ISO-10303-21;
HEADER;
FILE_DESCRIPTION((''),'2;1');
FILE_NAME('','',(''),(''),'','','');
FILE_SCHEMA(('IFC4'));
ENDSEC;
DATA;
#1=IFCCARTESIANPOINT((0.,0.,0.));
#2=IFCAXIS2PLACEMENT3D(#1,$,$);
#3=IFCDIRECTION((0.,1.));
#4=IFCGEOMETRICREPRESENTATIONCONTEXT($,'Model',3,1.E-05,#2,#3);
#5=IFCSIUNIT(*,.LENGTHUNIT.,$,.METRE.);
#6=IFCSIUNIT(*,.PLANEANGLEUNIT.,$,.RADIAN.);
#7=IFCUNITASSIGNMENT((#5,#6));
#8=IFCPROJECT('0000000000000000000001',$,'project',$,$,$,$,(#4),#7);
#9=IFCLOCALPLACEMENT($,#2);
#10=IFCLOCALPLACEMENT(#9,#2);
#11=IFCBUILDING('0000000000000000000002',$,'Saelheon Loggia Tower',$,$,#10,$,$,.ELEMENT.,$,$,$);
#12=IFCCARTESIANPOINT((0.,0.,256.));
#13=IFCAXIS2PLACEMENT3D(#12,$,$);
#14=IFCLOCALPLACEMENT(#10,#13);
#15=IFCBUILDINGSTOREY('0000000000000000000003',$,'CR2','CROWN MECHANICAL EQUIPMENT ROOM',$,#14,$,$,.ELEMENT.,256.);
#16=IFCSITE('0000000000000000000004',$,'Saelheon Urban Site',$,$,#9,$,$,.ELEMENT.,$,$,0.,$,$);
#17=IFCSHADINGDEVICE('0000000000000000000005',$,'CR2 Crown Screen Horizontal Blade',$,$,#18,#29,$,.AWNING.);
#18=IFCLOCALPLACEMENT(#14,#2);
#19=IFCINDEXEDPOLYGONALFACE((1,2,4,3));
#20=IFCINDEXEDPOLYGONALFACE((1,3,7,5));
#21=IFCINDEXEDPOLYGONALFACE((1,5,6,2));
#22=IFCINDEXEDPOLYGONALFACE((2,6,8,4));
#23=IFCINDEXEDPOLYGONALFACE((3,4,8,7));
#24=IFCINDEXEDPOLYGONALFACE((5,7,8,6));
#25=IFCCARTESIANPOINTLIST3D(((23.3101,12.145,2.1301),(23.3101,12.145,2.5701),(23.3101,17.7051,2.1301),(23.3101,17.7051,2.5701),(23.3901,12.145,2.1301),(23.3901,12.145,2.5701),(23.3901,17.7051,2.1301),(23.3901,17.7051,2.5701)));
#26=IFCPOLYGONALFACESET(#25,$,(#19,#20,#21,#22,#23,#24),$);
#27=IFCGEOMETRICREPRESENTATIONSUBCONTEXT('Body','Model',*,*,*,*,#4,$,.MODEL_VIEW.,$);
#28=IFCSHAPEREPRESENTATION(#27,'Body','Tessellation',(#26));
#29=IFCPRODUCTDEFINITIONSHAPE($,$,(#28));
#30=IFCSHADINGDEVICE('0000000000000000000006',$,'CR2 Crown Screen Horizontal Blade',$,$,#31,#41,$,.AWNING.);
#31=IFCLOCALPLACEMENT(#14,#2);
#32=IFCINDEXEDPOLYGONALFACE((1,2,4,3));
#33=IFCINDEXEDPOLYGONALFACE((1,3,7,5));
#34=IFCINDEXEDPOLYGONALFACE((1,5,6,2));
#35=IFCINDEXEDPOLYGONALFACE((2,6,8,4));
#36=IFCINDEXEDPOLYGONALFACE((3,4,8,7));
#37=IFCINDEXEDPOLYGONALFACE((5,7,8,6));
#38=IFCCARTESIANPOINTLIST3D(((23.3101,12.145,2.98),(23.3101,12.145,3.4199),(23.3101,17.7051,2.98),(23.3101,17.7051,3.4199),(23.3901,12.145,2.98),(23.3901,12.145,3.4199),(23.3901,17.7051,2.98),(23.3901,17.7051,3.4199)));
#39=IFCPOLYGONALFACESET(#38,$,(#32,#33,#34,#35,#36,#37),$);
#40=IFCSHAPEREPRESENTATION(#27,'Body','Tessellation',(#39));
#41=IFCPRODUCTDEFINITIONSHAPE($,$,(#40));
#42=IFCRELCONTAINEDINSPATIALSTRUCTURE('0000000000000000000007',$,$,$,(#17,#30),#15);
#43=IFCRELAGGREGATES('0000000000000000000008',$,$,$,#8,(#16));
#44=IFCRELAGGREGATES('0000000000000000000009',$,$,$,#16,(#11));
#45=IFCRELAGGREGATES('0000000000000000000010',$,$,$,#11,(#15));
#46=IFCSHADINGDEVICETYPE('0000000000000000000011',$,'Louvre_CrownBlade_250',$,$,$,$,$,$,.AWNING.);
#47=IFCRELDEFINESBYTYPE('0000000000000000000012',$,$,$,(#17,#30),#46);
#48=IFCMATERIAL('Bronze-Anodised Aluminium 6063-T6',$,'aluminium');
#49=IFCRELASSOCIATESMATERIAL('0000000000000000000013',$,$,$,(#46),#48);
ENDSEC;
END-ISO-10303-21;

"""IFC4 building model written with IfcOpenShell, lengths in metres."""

from ifc_helpers import new_model, si_unit, direction, frame, origin, origin_2d, place, context, subcontext, project, spatial, rectangle, extrude, source, transform, mapped, material, material_profile, profile_set, type_object, element, save


model = new_model("IFC4")

# Units and contexts
model_context = context("Model", 3, precision=1e-05, world=origin(), true_north=direction((0.0, 1.0)))
body_context = subcontext(model_context, "Body", "Model", "MODEL_VIEW")
ifc_project = project(units=[si_unit("LENGTHUNIT", "METRE"), si_unit("PLANEANGLEUNIT", "RADIAN")], contexts=[model_context])

# Site, building, storey
site_placement = place(None, origin())
site = spatial("IfcSite", under=ifc_project, at=site_placement, Name="Saelheon Urban Site", CompositionType="ELEMENT", RefElevation=0.0)
building_placement = place(site_placement, origin())
building = spatial("IfcBuilding", under=site, at=building_placement, Name="Saelheon Loggia Tower", CompositionType="ELEMENT")
storey_placement = place(building_placement, frame((0.0, 0.0, 256.0)))
storey = spatial("IfcBuildingStorey", under=building, at=storey_placement, Name="CR2", Description="CROWN MECHANICAL EQUIPMENT ROOM", CompositionType="ELEMENT", Elevation=256.0)

# Shared definitions
ifc_material_1 = material(Name="Bronze-Anodised Aluminium 6063-T6", Category="aluminium")

# Shading devices
ifc_material_profile_1 = material_profile(ifc_material_1, rectangle(XDim=0.0801, YDim=0.4399, at=origin_2d()), Name="Louvre_CrownBlade_250")
ifc_profile_set_1 = profile_set([ifc_material_profile_1], Name="Bronze-Anodised Aluminium 6063-T6")
shading_device_type = type_object("IfcShadingDeviceType", Name="Louvre_CrownBlade_250", PredefinedType="AWNING", material=ifc_profile_set_1)
shared_shape_1 = source(origin(), body_context, "Body", "SweptSolid", [
    extrude(rectangle(XDim=0.0801, YDim=0.4399, at=origin_2d()), origin(), (0.0, 0.0, 1.0), 5.5601),
])
for number, where, z_axis, x_axis, name in (
    (1, (23.3501, 17.7051, 2.3501), (0.0, -1.0, 0.0), (1.0, 0.0, 0.0), "CR2 Crown Screen Horizontal Blade"),
    (2, (23.3501, 17.7051, 3.2), (0.0, -1.0, 0.0), (1.0, 0.0, 0.0), "CR2 Crown Screen Horizontal Blade"),
):
    element("IfcShadingDevice", number, at=place(storey_placement, frame(where, z_axis=z_axis, x_axis=x_axis)), inside=storey, type_object=shading_device_type, Name=name, PredefinedType="AWNING", context=body_context, shape_type="MappedRepresentation", body=[
        mapped(shared_shape_1, transform((0.0, 0.0, 0.0), scale=1.0)),
    ])

save(model, "model.ifc")
